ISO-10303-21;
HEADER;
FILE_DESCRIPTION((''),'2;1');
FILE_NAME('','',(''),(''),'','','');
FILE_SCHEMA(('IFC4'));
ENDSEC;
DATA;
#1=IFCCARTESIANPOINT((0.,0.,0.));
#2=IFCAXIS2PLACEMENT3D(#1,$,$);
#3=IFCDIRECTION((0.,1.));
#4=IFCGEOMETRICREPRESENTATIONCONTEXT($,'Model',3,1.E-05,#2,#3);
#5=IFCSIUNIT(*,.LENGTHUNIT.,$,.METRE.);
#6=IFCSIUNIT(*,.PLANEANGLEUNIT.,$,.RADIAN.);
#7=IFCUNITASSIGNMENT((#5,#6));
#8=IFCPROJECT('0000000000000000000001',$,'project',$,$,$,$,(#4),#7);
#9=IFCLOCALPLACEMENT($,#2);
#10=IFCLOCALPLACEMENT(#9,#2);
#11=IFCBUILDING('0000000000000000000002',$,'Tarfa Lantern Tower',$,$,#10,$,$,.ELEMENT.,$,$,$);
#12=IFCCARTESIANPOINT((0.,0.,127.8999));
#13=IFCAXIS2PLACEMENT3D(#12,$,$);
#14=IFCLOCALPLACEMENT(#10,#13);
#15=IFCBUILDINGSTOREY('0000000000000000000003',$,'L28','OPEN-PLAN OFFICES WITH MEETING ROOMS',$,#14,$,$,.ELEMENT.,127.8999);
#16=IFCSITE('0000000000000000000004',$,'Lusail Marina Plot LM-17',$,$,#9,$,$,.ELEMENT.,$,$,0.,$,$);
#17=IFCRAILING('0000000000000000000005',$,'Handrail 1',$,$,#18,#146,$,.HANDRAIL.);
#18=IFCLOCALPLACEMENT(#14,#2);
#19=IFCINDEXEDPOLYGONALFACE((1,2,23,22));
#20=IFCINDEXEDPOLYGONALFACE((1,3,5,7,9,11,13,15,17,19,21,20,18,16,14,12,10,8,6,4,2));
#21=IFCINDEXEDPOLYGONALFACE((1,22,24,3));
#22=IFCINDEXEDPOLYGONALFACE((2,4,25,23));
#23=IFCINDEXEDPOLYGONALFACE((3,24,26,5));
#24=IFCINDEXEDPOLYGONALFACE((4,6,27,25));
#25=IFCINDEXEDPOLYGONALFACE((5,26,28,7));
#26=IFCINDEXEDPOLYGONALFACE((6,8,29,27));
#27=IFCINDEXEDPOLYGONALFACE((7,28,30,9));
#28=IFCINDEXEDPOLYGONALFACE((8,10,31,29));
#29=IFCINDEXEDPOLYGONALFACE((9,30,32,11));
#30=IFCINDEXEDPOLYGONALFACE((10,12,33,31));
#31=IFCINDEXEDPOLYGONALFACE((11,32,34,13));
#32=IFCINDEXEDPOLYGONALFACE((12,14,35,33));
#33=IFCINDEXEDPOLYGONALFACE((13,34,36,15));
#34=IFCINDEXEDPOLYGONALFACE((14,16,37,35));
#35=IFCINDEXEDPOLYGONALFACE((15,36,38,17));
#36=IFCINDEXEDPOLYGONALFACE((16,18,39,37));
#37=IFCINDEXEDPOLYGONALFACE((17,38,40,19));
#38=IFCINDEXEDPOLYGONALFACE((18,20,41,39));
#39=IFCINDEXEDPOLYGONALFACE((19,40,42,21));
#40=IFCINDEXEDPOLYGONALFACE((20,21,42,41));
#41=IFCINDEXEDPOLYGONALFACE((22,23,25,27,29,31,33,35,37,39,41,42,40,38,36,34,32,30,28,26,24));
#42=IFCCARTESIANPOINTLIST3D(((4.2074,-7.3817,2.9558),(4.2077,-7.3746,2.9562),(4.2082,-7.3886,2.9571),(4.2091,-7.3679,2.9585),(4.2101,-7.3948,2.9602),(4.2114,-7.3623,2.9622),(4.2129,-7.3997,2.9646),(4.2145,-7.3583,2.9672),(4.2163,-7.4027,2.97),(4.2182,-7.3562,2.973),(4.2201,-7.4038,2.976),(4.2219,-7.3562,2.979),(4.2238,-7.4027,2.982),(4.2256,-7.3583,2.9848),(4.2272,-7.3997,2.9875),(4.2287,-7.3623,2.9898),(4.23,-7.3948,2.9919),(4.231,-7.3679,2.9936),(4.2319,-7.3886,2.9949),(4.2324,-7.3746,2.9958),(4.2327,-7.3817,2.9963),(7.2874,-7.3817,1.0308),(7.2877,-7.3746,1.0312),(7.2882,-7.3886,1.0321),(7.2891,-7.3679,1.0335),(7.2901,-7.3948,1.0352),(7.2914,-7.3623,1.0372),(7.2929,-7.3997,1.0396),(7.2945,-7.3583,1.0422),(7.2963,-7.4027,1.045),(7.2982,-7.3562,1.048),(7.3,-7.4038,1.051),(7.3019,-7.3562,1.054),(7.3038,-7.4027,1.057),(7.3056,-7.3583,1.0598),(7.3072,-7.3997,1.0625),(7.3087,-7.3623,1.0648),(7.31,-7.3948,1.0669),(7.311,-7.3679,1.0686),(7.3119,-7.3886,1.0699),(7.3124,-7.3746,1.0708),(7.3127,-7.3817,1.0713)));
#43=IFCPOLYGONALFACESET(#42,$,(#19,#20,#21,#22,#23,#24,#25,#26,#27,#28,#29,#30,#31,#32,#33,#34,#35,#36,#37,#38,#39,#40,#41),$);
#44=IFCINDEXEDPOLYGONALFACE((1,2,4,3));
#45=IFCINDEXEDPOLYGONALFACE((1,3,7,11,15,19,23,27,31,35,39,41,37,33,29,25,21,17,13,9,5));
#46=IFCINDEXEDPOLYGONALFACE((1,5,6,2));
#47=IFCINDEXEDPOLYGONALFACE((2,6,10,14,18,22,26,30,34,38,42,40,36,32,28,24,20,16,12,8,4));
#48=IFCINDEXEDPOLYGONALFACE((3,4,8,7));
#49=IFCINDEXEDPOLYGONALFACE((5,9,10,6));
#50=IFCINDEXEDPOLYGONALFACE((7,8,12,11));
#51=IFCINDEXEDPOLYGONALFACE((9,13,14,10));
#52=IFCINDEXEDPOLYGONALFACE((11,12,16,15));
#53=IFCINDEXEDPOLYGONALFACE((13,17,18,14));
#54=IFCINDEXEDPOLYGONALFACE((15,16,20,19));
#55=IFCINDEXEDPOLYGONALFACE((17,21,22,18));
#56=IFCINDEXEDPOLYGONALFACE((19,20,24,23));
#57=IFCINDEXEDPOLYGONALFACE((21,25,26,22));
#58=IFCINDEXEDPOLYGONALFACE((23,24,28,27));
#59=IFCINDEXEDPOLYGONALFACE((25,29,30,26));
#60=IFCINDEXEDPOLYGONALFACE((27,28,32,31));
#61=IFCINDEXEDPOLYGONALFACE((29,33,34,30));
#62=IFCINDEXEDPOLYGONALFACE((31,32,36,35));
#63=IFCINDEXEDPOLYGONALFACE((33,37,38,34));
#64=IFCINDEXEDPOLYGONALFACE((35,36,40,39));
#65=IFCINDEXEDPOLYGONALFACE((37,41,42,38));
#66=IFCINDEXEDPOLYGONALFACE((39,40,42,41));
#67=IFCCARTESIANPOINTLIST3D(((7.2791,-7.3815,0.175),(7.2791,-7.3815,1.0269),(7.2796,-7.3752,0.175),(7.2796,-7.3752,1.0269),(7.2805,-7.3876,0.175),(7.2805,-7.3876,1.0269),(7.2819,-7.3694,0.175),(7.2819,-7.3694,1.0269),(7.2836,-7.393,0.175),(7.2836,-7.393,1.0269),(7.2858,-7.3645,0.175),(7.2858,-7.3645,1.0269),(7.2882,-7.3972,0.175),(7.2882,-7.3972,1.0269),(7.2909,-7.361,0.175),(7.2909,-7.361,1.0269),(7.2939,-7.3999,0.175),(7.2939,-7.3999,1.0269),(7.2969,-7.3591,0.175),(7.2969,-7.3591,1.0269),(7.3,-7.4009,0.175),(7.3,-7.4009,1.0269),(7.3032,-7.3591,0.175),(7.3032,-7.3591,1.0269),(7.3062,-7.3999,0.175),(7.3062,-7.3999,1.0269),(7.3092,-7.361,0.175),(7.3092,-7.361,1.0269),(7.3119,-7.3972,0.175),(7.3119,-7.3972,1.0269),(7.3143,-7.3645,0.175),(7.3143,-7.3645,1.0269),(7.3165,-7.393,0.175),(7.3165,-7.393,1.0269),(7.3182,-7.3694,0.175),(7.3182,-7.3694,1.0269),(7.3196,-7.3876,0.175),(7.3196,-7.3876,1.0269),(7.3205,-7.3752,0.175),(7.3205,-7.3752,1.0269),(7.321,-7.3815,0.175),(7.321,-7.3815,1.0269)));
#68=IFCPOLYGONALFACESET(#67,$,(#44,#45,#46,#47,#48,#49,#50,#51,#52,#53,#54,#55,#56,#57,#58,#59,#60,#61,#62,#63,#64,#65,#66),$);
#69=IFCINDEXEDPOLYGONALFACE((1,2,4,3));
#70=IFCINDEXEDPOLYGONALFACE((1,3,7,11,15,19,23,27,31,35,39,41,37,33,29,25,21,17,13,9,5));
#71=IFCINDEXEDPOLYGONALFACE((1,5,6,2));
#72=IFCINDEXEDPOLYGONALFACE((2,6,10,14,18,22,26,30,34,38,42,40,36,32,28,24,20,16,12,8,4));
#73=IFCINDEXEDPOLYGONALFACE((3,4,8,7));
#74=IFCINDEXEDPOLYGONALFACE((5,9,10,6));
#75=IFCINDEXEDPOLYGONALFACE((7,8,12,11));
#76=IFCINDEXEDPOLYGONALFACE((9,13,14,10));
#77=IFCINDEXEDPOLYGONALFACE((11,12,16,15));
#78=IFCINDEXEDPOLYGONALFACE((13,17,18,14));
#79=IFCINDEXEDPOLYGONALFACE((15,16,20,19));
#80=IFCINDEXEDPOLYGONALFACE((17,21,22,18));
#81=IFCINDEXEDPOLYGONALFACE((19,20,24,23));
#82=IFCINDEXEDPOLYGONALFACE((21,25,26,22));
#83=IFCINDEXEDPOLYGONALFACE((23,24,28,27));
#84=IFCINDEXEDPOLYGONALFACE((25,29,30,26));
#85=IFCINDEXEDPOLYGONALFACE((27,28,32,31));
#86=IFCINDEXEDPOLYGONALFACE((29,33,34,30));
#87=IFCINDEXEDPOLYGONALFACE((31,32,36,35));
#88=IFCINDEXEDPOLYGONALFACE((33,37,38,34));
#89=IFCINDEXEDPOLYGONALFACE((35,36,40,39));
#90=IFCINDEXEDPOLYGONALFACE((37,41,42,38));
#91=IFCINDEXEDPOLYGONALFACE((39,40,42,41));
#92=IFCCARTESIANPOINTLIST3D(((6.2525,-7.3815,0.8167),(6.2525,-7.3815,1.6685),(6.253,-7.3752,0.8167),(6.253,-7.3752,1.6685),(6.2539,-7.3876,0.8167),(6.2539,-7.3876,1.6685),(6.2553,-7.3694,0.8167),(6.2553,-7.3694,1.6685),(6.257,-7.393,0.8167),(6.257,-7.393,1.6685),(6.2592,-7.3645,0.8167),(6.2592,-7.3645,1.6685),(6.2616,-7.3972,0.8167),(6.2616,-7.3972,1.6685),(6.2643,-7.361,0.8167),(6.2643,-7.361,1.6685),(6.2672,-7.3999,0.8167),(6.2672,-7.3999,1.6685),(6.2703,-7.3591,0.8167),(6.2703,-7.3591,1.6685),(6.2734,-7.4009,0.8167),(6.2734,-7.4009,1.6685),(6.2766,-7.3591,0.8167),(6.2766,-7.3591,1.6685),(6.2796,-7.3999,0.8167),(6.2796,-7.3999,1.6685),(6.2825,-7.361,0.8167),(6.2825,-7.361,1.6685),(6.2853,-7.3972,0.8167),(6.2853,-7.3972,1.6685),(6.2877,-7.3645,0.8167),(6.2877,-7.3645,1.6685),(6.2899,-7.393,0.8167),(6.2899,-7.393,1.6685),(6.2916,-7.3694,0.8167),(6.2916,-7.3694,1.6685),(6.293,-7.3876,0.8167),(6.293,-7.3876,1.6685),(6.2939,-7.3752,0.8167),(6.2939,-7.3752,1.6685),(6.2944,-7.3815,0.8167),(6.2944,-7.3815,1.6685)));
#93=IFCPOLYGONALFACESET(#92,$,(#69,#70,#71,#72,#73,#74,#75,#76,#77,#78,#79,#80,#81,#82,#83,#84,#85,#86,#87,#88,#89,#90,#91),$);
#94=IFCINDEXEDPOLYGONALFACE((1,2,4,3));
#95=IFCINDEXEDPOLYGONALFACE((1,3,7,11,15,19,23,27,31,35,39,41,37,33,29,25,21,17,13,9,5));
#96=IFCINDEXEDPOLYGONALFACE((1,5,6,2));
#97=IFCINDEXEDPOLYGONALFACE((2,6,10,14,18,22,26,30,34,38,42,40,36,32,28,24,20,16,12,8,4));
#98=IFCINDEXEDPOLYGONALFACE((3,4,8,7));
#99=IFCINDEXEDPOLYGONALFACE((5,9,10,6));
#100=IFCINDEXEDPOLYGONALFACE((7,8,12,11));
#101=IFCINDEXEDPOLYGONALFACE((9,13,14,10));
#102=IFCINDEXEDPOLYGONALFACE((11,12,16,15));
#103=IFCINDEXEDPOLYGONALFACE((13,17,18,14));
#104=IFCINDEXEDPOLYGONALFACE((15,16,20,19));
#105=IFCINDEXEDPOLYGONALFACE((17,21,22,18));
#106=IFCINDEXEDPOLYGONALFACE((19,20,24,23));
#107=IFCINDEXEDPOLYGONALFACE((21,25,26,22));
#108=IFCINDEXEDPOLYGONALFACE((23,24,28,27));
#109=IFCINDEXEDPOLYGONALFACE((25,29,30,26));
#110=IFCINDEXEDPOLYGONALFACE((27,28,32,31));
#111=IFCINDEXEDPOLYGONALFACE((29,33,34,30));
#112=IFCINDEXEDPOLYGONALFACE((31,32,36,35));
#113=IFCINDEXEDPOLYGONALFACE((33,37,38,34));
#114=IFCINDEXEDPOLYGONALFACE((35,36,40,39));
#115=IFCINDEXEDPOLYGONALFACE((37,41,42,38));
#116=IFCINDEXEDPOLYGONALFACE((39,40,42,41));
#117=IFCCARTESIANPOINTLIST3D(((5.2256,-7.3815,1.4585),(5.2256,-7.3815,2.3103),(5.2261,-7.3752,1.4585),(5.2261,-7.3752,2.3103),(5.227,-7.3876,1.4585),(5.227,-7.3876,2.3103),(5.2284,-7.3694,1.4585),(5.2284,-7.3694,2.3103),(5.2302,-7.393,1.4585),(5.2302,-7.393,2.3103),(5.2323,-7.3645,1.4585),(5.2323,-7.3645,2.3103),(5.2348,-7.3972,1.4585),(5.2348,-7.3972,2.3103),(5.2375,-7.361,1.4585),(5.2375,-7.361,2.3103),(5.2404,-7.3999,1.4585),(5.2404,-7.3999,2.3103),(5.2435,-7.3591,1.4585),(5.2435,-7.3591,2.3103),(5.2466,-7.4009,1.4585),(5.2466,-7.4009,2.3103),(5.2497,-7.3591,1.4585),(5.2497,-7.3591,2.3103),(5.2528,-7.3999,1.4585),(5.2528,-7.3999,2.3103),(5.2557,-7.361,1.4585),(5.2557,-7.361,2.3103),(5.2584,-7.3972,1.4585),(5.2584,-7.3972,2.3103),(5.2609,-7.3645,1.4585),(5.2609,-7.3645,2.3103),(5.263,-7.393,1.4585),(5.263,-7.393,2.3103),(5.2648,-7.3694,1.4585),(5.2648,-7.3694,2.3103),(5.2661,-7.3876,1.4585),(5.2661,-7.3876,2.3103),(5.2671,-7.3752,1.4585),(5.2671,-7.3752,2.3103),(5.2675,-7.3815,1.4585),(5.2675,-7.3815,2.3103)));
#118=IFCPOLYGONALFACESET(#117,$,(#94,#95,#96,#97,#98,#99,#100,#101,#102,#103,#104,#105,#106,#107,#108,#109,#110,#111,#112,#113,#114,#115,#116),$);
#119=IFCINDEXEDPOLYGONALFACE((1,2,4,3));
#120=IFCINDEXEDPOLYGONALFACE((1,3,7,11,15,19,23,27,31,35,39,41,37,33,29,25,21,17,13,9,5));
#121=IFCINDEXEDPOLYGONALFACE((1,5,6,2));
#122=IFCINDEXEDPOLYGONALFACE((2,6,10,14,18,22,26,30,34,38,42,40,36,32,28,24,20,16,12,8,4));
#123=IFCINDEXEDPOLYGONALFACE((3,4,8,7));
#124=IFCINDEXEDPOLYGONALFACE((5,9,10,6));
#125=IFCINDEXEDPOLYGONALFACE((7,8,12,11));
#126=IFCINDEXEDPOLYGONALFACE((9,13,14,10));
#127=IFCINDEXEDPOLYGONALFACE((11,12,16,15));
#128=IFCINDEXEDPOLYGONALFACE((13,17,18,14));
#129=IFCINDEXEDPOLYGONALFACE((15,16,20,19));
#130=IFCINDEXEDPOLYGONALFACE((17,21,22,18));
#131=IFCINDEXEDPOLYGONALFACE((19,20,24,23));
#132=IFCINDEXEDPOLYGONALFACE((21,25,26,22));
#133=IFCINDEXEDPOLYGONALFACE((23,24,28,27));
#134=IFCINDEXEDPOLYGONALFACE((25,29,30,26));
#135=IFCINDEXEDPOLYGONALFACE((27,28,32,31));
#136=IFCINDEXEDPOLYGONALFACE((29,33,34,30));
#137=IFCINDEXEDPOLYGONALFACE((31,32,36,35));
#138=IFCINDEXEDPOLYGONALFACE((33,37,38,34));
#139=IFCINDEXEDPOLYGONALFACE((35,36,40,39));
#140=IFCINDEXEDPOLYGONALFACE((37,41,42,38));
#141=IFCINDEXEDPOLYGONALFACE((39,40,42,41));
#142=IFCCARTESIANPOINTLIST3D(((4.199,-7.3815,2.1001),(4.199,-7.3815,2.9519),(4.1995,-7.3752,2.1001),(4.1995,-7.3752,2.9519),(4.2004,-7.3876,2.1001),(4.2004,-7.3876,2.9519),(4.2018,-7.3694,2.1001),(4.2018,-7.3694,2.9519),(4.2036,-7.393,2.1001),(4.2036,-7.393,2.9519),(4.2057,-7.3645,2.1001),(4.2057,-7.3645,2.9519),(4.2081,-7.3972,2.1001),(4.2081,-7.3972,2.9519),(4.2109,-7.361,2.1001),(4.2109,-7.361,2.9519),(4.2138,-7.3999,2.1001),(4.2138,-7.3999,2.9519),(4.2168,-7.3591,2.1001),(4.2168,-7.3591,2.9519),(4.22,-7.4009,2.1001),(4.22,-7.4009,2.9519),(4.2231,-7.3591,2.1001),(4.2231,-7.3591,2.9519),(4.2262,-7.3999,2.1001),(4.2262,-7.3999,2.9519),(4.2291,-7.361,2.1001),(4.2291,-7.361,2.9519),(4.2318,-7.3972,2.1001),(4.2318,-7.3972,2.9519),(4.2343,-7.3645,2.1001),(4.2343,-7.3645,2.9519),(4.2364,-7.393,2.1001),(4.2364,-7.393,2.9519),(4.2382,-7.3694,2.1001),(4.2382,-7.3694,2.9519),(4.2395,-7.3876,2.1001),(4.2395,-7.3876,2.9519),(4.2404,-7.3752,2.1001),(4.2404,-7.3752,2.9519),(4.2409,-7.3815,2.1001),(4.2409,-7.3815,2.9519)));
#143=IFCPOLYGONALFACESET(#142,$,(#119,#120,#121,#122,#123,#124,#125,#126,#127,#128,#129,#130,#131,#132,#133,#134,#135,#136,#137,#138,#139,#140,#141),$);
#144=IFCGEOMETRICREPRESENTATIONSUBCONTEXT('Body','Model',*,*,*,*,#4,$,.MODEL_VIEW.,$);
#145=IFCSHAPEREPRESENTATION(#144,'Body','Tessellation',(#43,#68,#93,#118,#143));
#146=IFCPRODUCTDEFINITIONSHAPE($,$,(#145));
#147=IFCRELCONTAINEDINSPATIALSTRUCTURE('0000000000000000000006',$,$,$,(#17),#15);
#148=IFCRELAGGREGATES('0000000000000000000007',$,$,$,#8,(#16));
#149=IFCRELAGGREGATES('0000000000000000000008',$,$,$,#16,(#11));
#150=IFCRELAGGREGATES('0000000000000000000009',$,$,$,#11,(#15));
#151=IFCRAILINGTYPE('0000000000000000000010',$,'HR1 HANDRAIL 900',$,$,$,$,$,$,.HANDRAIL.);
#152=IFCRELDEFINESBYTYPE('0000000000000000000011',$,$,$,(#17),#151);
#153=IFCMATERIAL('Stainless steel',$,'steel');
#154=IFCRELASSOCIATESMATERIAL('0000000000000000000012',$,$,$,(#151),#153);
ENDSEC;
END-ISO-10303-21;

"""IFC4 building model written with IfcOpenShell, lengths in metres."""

from ifc_helpers import new_model, si_unit, direction, frame, origin, origin_2d, place, context, subcontext, project, spatial, circle, extrude, material, type_object, element, save


model = new_model("IFC4")

# Units and contexts
model_context = context("Model", 3, precision=1e-05, world=origin(), true_north=direction((0.0, 1.0)))
body_context = subcontext(model_context, "Body", "Model", "MODEL_VIEW")
ifc_project = project(units=[si_unit("LENGTHUNIT", "METRE"), si_unit("PLANEANGLEUNIT", "RADIAN")], contexts=[model_context])

# Site, building, storey
site_placement = place(None, origin())
site = spatial("IfcSite", under=ifc_project, at=site_placement, Name="Lusail Marina Plot LM-17", CompositionType="ELEMENT", RefElevation=0.0)
building_placement = place(site_placement, origin())
building = spatial("IfcBuilding", under=site, at=building_placement, Name="Tarfa Lantern Tower", CompositionType="ELEMENT")
storey_placement = place(building_placement, frame((0.0, 0.0, 127.8999)))
storey = spatial("IfcBuildingStorey", under=building, at=storey_placement, Name="L28", Description="OPEN-PLAN OFFICES WITH MEETING ROOMS", CompositionType="ELEMENT", Elevation=127.8999)

# Railing
ifc_material_1 = material(Name="Stainless steel", Category="steel")
railing_type = type_object("IfcRailingType", Name="HR1 HANDRAIL 900", PredefinedType="HANDRAIL", material=ifc_material_1)
railing_placement = place(storey_placement, frame((7.3, -7.3799, 0.175)))
element("IfcRailing", 1, at=railing_placement, inside=storey, type_object=railing_type, Name="Handrail 1", PredefinedType="HANDRAIL", context=body_context, shape_type="SweptSolid", body=[
    extrude(circle(Radius=0.0239, at=origin_2d()), frame((0.0, 0.0, 0.876), z_axis=(-0.847998, 0.0, 0.529999), x_axis=(0.0, -1.0, 0.0)), (0.0, 0.0, 1.0), 3.6321),
    extrude(circle(Radius=0.021, at=origin_2d()), frame((0.0, 0.0, 0.0), z_axis=(0.0, 0.0, 1.0), x_axis=(0.0, -1.0, 0.0)), (0.0, 0.0, 1.0), 0.8518),
    extrude(circle(Radius=0.021, at=origin_2d()), frame((-1.0266, 0.0, 0.6416), z_axis=(0.0, 0.0, 1.0), x_axis=(0.0, -1.0, 0.0)), (0.0, 0.0, 1.0), 0.8518),
    extrude(circle(Radius=0.021, at=origin_2d()), frame((-2.0535, 0.0, 1.2834), z_axis=(0.0, 0.0, 1.0), x_axis=(0.0, -1.0, 0.0)), (0.0, 0.0, 1.0), 0.8518),
    extrude(circle(Radius=0.021, at=origin_2d()), frame((-3.0801, 0.0, 1.925), z_axis=(0.0, 0.0, 1.0), x_axis=(0.0, -1.0, 0.0)), (0.0, 0.0, 1.0), 0.8518),
])

save(model, "model.ifc")
